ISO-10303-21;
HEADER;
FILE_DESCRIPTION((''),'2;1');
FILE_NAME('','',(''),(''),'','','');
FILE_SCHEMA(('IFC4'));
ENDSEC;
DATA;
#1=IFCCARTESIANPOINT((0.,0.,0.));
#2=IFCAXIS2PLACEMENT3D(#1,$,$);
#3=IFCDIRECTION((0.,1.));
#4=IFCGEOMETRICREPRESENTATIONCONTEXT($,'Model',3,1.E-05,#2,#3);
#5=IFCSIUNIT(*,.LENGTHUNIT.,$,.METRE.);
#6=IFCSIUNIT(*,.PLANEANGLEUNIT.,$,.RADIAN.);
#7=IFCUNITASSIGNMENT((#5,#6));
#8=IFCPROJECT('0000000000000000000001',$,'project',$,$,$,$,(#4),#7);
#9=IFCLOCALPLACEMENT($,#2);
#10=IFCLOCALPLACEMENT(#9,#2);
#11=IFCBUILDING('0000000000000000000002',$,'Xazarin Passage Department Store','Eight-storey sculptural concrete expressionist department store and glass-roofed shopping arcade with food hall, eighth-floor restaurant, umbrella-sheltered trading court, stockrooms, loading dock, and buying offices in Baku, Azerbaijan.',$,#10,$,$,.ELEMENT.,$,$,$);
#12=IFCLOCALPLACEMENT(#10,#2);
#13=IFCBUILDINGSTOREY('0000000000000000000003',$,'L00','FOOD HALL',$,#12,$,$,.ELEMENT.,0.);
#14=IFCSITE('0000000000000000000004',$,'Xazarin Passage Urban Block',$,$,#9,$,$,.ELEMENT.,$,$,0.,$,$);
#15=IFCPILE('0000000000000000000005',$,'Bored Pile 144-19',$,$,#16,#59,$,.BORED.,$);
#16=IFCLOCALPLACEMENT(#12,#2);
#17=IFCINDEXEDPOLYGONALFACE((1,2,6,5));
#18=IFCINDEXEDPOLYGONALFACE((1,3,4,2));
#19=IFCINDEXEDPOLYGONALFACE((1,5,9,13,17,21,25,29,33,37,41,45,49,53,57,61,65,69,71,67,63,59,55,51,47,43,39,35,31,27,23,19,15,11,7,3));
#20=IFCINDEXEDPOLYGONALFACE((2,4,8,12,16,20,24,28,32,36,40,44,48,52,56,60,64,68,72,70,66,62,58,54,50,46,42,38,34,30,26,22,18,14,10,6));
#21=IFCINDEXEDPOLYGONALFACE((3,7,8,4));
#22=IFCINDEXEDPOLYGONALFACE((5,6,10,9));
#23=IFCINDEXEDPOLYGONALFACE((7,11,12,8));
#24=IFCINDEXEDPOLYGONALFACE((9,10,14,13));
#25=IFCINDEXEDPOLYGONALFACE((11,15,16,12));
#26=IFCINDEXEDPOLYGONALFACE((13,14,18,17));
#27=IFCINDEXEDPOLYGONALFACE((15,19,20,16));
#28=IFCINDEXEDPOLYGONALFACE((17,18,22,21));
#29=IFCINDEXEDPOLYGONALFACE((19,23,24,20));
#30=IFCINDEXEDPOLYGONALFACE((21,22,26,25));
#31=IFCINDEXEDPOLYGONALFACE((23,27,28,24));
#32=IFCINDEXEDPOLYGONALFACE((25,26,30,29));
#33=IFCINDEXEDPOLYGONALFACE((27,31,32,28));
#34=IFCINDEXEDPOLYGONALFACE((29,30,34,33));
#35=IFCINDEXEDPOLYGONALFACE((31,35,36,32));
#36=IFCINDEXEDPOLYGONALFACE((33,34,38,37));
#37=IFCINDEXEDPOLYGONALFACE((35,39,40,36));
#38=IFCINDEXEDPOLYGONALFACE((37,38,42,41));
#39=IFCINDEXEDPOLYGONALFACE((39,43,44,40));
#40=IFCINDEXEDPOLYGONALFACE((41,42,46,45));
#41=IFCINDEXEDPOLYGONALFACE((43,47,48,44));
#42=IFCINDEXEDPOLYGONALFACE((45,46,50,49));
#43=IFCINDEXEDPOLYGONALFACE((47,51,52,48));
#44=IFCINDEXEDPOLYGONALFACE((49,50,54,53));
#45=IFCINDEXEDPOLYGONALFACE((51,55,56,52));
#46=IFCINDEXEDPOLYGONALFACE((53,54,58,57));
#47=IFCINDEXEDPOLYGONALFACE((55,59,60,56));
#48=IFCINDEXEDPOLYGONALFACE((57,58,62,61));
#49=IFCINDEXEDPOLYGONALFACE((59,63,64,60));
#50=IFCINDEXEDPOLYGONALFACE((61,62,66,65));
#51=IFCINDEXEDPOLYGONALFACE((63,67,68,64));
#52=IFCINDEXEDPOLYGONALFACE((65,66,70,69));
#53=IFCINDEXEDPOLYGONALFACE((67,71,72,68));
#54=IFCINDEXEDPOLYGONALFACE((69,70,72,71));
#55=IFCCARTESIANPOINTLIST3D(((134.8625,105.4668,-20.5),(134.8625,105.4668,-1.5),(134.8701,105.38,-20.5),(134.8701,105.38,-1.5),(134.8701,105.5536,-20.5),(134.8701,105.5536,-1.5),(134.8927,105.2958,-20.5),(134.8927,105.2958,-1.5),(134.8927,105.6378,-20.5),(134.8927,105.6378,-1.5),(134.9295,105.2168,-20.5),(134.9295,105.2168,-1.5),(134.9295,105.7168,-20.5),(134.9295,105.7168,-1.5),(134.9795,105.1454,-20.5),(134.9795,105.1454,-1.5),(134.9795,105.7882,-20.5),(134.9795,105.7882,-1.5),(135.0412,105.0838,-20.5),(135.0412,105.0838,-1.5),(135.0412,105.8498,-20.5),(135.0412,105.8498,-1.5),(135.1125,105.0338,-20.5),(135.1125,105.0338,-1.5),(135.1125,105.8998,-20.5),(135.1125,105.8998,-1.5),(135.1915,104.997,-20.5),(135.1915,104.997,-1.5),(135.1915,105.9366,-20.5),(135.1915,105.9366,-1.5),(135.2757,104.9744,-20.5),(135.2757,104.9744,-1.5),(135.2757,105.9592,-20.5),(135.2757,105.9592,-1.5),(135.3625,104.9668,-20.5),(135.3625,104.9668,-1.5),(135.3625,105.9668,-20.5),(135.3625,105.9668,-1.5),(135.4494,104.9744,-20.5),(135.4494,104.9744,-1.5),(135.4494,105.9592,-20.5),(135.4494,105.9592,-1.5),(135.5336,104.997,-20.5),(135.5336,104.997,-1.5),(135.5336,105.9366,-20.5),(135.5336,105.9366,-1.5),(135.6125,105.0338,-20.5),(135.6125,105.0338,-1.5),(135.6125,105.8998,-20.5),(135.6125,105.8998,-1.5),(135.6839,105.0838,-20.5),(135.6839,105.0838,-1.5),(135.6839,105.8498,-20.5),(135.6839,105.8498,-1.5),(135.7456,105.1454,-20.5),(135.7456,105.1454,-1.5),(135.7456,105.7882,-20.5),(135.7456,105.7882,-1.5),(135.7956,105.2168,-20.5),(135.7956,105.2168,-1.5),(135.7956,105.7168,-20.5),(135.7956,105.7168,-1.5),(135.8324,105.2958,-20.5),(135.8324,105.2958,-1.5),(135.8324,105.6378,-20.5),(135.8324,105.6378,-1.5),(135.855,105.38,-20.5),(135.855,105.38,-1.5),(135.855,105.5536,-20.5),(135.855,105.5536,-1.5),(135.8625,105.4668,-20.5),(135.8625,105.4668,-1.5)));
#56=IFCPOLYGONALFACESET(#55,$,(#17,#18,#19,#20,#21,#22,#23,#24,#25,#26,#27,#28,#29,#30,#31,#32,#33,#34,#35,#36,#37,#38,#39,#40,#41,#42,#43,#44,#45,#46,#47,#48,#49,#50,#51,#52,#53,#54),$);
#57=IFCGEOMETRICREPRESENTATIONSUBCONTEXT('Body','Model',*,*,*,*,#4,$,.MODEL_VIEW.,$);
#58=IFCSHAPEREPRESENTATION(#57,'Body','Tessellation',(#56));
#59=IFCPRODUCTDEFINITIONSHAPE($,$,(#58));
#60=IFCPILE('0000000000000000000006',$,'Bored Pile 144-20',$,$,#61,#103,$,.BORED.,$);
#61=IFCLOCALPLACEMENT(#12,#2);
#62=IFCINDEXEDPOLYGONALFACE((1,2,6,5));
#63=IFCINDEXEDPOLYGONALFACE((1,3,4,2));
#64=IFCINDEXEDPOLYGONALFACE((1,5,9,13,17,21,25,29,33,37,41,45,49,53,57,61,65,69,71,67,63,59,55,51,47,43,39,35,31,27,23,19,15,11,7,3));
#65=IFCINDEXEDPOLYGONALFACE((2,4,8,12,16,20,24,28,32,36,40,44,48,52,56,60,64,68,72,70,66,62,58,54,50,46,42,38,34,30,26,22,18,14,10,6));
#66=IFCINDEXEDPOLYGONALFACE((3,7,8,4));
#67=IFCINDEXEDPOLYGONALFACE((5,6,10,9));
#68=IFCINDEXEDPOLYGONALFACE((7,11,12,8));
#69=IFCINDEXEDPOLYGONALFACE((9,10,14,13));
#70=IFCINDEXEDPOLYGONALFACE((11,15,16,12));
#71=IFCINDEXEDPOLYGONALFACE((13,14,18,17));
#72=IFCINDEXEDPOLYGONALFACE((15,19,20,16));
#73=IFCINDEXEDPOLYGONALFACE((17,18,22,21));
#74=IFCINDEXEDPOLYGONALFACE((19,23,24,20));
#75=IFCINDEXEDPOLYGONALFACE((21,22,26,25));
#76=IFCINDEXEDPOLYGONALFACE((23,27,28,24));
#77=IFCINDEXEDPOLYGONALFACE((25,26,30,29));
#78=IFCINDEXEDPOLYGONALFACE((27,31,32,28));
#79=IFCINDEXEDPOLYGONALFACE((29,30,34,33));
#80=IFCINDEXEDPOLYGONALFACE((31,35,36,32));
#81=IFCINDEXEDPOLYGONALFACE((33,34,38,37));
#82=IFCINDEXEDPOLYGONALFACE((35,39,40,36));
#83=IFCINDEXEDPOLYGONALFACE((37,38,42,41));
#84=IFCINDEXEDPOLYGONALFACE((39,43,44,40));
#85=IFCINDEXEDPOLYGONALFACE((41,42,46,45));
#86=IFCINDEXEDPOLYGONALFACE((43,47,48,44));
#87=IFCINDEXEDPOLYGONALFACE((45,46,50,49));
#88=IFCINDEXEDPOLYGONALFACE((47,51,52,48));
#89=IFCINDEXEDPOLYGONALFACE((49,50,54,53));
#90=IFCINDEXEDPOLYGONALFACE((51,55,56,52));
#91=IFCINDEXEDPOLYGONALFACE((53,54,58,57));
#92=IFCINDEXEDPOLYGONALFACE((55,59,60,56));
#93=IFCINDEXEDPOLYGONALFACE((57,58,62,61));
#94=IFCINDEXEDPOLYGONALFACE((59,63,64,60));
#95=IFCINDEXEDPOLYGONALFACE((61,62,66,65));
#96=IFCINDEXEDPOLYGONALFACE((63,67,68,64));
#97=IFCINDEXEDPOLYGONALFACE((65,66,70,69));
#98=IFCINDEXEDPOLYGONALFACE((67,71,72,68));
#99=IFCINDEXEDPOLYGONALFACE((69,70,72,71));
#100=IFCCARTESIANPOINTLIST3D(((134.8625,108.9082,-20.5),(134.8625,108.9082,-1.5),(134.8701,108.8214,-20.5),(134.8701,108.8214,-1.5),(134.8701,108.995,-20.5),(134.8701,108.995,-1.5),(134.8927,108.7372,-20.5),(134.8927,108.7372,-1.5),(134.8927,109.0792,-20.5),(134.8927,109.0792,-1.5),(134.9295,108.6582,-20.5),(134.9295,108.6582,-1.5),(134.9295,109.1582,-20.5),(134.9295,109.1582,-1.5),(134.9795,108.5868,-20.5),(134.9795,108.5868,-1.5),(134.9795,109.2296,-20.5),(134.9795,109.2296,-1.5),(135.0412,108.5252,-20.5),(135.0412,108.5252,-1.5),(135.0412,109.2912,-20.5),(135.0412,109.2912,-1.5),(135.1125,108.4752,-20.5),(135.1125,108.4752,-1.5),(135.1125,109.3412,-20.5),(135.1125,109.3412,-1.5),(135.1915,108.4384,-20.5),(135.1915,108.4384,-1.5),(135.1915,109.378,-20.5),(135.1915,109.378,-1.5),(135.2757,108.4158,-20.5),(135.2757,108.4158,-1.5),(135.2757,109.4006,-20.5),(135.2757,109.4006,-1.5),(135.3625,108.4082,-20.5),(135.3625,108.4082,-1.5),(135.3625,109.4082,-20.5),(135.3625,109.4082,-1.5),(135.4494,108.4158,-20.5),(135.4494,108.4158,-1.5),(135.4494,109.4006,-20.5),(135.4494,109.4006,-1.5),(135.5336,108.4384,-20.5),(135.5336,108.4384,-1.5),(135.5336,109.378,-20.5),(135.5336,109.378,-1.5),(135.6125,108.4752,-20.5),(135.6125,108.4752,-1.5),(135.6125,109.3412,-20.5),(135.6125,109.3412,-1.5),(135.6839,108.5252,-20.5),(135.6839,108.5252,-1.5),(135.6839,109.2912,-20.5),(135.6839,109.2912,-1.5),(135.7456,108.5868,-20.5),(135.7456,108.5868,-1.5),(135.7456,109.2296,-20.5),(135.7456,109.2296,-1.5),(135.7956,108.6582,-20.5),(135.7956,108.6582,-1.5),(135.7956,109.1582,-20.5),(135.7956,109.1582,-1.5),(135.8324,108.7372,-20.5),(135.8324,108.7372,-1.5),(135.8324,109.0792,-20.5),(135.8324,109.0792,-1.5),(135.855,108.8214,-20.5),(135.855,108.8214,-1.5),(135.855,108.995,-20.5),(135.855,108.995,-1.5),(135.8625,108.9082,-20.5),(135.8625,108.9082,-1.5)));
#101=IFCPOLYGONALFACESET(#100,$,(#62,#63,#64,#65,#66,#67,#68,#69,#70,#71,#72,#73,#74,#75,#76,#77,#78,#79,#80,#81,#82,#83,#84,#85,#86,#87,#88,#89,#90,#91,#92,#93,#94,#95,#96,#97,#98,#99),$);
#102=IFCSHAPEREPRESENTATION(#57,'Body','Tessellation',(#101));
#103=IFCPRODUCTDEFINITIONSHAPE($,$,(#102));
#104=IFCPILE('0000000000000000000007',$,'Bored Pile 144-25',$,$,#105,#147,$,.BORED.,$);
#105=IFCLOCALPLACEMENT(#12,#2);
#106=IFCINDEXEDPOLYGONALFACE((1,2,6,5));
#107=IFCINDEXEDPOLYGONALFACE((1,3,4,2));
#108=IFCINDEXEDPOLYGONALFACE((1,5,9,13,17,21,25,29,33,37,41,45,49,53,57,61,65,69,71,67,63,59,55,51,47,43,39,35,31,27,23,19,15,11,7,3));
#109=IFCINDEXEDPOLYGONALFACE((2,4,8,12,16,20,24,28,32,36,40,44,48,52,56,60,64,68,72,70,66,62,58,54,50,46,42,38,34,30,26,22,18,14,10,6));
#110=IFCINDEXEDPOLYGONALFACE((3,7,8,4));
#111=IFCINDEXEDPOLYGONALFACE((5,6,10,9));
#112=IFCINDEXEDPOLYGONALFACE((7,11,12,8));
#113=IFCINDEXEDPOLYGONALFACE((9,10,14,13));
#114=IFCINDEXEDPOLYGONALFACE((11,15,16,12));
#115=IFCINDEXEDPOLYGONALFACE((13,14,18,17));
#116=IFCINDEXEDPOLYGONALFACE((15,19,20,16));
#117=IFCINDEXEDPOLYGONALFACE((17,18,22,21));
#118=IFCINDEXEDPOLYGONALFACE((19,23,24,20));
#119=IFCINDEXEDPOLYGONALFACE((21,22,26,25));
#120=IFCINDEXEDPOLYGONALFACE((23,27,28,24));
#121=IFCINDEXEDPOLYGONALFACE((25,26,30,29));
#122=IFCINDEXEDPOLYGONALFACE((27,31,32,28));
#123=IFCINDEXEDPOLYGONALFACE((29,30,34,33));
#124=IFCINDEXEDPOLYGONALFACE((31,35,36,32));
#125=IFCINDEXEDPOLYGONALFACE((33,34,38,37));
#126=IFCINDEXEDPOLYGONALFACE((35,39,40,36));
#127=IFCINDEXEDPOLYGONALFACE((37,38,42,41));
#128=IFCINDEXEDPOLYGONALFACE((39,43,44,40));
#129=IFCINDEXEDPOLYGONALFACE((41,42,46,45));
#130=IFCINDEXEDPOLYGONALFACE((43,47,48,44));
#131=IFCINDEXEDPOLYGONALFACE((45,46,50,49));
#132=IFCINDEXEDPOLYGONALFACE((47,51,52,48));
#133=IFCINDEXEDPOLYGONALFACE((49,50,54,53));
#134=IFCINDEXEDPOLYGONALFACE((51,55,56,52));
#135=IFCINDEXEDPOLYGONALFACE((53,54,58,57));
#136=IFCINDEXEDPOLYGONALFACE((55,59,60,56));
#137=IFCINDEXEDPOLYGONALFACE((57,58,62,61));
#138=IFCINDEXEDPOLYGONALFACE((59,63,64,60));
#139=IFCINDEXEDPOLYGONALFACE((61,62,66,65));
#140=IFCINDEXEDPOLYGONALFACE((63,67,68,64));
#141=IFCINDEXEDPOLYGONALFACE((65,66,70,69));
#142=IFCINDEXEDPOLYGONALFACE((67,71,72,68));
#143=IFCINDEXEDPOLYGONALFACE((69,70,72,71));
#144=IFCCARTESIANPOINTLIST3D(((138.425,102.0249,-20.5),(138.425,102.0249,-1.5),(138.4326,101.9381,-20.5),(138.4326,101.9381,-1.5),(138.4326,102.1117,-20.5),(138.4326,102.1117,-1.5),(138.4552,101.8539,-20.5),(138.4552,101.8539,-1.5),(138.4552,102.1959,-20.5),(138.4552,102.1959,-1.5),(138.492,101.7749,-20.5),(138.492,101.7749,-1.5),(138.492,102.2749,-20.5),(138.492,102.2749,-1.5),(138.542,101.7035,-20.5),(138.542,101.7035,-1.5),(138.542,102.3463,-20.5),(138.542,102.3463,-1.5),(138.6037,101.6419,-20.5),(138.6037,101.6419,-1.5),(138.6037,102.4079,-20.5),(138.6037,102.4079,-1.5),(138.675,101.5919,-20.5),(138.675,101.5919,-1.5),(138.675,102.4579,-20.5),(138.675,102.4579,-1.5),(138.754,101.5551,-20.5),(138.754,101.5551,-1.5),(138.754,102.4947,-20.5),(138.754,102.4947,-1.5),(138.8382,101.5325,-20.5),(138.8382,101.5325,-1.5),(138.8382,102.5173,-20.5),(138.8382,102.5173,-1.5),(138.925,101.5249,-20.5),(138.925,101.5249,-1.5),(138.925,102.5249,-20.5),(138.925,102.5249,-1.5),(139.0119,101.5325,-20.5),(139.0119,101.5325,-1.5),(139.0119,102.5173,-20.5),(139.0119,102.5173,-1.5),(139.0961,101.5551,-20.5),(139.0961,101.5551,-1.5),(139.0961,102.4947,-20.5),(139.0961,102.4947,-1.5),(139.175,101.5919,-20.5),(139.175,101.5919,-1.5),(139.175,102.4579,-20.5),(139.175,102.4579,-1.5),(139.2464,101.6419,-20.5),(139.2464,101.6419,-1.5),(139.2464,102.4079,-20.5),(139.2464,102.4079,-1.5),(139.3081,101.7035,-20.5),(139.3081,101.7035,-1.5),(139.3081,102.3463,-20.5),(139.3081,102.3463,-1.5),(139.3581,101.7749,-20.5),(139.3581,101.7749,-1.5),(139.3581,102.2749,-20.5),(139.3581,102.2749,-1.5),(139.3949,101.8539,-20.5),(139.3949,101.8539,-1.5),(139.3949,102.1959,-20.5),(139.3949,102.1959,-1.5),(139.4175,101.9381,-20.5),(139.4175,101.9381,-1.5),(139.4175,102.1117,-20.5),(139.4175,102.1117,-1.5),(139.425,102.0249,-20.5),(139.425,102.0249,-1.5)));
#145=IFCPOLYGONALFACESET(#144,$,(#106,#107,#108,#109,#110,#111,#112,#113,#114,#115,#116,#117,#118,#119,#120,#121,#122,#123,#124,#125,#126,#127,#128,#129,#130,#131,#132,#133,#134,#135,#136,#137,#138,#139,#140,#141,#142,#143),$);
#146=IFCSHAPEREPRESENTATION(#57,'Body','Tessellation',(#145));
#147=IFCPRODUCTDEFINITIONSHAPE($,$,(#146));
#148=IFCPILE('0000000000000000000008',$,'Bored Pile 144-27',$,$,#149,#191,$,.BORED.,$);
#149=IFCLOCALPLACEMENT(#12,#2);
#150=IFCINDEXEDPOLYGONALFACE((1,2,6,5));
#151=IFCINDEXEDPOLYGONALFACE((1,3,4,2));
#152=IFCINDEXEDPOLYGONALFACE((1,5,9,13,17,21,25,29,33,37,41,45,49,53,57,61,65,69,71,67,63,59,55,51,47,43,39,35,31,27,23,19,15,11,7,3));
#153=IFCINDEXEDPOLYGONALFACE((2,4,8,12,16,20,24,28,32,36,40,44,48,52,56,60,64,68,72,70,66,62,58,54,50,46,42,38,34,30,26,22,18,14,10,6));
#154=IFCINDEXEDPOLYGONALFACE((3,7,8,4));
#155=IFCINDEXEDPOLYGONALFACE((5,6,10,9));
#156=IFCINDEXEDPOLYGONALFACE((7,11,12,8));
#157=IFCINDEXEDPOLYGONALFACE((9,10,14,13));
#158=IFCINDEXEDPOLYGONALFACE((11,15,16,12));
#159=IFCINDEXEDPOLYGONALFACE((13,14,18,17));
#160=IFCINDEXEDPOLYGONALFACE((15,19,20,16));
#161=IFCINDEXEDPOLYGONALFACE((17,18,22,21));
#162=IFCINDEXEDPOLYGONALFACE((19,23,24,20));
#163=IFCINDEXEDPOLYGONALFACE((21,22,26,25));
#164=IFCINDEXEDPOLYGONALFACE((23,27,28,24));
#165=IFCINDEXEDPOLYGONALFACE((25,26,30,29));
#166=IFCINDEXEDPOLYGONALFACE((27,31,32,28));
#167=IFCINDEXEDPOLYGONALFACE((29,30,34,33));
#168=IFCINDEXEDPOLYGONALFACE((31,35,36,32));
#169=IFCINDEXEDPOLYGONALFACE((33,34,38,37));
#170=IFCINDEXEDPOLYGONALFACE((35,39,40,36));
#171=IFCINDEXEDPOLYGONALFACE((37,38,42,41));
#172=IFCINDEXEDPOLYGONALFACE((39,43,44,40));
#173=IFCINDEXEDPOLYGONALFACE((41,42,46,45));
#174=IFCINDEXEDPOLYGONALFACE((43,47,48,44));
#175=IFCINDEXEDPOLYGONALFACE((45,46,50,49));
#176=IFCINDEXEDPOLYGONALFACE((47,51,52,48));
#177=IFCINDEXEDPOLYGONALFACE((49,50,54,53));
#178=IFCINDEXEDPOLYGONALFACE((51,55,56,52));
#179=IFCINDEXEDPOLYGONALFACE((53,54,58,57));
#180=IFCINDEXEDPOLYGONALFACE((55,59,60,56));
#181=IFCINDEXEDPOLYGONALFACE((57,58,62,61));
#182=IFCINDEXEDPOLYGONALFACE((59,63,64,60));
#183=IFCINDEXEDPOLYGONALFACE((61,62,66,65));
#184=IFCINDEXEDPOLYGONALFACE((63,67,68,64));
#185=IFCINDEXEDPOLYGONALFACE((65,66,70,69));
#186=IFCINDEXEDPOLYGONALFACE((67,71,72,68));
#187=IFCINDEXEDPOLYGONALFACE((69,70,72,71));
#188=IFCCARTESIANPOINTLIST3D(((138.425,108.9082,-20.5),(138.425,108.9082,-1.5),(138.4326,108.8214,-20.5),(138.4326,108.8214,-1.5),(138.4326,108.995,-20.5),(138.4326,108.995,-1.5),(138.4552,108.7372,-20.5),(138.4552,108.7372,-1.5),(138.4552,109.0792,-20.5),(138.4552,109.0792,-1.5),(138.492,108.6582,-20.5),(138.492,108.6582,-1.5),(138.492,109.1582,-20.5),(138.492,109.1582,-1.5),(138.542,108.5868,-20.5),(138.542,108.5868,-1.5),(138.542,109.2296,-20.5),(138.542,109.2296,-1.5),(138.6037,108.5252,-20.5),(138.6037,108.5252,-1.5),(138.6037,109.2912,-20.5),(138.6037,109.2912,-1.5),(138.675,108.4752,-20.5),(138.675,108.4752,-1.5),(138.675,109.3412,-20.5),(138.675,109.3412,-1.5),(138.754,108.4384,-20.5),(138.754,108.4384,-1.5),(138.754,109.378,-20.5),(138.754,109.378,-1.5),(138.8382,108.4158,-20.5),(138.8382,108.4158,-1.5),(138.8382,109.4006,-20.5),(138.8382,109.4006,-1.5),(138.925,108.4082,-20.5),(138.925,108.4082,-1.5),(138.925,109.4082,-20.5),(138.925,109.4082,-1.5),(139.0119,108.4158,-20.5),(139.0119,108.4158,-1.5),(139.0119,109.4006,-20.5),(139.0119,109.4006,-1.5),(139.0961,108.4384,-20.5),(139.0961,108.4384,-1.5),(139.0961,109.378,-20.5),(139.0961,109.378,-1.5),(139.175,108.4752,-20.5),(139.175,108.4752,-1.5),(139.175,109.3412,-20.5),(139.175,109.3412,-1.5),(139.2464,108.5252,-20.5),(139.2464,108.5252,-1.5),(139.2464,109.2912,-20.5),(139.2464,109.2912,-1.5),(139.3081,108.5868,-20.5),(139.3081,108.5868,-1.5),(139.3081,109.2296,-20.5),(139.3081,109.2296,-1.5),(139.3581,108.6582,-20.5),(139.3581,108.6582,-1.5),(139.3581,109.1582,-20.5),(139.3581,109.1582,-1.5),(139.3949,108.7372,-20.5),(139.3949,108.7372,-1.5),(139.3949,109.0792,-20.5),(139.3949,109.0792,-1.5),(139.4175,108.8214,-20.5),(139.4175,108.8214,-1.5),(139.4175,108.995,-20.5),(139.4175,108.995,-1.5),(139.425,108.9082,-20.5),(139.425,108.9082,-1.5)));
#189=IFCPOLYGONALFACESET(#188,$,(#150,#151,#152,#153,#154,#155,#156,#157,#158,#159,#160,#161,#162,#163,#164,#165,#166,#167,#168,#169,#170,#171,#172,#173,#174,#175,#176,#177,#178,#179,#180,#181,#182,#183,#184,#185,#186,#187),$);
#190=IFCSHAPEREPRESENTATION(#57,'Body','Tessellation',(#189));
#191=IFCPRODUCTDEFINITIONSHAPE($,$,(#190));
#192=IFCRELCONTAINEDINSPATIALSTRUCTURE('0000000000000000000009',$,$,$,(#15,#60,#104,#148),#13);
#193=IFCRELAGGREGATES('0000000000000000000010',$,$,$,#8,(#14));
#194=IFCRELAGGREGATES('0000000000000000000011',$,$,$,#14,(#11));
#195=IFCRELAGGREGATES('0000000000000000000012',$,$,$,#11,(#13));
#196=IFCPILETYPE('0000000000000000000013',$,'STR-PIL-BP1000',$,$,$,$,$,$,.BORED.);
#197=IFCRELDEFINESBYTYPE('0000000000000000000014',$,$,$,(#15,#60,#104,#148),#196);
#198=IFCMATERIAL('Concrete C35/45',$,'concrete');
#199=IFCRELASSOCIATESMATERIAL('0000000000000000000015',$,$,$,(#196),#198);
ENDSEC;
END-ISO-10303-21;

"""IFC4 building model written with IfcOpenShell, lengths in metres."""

from ifc_helpers import new_model, si_unit, direction, frame, origin, origin_2d, place, context, subcontext, project, spatial, circle, extrude, material, material_profile, profile_set, type_object, element, save


model = new_model("IFC4")

# Units and contexts
model_context = context("Model", 3, precision=1e-05, world=origin(), true_north=direction((0.0, 1.0)))
body_context = subcontext(model_context, "Body", "Model", "MODEL_VIEW")
ifc_project = project(units=[si_unit("LENGTHUNIT", "METRE"), si_unit("PLANEANGLEUNIT", "RADIAN")], contexts=[model_context])

# Site, building, storey
site_placement = place(None, origin())
site = spatial("IfcSite", under=ifc_project, at=site_placement, Name="Xazarin Passage Urban Block", CompositionType="ELEMENT", RefElevation=0.0)
building_placement = place(site_placement, origin())
building = spatial("IfcBuilding", under=site, at=building_placement, Name="Xazarin Passage Department Store", Description="Eight-storey sculptural concrete expressionist department store and glass-roofed shopping arcade with food hall, eighth-floor restaurant, umbrella-sheltered trading court, stockrooms, loading dock, and buying offices in Baku, Azerbaijan.", CompositionType="ELEMENT")
storey_placement = place(building_placement, origin())
storey = spatial("IfcBuildingStorey", under=building, at=storey_placement, Name="L00", Description="FOOD HALL", CompositionType="ELEMENT", Elevation=0.0)

# Piles
ifc_material_1 = material(Name="Concrete C35/45", Category="concrete")
ifc_material_profile_1 = material_profile(ifc_material_1, circle(Radius=0.5, at=origin_2d()), Name="BP 1000")
ifc_profile_set_1 = profile_set([ifc_material_profile_1], Name="Concrete C35/45")
pile_type_1 = type_object("IfcPileType", Name="STR-PIL-BP1000", PredefinedType="BORED", material=ifc_profile_set_1)
for number, where, z_axis, x_axis, name in (
    (1, (135.3625, 105.4668, -1.5), (0.0, 0.0, -1.0), (1.0, 0.0, 0.0), "Bored Pile 144-19"),
    (2, (135.3625, 108.9082, -1.5), (0.0, 0.0, -1.0), (1.0, 0.0, 0.0), "Bored Pile 144-20"),
    (3, (138.925, 102.0249, -1.5), (0.0, 0.0, -1.0), (1.0, 0.0, 0.0), "Bored Pile 144-25"),
    (4, (138.925, 108.9082, -1.5), (0.0, 0.0, -1.0), (1.0, 0.0, 0.0), "Bored Pile 144-27"),
):
    element("IfcPile", number, at=place(storey_placement, frame(where, z_axis=z_axis, x_axis=x_axis)), inside=storey, type_object=pile_type_1, Name=name, PredefinedType="BORED", context=body_context, shape_type="SweptSolid", body=[
        extrude(circle(Radius=0.5, at=origin_2d()), origin(), (0.0, 0.0, 1.0), 19.0),
    ])

save(model, "model.ifc")
